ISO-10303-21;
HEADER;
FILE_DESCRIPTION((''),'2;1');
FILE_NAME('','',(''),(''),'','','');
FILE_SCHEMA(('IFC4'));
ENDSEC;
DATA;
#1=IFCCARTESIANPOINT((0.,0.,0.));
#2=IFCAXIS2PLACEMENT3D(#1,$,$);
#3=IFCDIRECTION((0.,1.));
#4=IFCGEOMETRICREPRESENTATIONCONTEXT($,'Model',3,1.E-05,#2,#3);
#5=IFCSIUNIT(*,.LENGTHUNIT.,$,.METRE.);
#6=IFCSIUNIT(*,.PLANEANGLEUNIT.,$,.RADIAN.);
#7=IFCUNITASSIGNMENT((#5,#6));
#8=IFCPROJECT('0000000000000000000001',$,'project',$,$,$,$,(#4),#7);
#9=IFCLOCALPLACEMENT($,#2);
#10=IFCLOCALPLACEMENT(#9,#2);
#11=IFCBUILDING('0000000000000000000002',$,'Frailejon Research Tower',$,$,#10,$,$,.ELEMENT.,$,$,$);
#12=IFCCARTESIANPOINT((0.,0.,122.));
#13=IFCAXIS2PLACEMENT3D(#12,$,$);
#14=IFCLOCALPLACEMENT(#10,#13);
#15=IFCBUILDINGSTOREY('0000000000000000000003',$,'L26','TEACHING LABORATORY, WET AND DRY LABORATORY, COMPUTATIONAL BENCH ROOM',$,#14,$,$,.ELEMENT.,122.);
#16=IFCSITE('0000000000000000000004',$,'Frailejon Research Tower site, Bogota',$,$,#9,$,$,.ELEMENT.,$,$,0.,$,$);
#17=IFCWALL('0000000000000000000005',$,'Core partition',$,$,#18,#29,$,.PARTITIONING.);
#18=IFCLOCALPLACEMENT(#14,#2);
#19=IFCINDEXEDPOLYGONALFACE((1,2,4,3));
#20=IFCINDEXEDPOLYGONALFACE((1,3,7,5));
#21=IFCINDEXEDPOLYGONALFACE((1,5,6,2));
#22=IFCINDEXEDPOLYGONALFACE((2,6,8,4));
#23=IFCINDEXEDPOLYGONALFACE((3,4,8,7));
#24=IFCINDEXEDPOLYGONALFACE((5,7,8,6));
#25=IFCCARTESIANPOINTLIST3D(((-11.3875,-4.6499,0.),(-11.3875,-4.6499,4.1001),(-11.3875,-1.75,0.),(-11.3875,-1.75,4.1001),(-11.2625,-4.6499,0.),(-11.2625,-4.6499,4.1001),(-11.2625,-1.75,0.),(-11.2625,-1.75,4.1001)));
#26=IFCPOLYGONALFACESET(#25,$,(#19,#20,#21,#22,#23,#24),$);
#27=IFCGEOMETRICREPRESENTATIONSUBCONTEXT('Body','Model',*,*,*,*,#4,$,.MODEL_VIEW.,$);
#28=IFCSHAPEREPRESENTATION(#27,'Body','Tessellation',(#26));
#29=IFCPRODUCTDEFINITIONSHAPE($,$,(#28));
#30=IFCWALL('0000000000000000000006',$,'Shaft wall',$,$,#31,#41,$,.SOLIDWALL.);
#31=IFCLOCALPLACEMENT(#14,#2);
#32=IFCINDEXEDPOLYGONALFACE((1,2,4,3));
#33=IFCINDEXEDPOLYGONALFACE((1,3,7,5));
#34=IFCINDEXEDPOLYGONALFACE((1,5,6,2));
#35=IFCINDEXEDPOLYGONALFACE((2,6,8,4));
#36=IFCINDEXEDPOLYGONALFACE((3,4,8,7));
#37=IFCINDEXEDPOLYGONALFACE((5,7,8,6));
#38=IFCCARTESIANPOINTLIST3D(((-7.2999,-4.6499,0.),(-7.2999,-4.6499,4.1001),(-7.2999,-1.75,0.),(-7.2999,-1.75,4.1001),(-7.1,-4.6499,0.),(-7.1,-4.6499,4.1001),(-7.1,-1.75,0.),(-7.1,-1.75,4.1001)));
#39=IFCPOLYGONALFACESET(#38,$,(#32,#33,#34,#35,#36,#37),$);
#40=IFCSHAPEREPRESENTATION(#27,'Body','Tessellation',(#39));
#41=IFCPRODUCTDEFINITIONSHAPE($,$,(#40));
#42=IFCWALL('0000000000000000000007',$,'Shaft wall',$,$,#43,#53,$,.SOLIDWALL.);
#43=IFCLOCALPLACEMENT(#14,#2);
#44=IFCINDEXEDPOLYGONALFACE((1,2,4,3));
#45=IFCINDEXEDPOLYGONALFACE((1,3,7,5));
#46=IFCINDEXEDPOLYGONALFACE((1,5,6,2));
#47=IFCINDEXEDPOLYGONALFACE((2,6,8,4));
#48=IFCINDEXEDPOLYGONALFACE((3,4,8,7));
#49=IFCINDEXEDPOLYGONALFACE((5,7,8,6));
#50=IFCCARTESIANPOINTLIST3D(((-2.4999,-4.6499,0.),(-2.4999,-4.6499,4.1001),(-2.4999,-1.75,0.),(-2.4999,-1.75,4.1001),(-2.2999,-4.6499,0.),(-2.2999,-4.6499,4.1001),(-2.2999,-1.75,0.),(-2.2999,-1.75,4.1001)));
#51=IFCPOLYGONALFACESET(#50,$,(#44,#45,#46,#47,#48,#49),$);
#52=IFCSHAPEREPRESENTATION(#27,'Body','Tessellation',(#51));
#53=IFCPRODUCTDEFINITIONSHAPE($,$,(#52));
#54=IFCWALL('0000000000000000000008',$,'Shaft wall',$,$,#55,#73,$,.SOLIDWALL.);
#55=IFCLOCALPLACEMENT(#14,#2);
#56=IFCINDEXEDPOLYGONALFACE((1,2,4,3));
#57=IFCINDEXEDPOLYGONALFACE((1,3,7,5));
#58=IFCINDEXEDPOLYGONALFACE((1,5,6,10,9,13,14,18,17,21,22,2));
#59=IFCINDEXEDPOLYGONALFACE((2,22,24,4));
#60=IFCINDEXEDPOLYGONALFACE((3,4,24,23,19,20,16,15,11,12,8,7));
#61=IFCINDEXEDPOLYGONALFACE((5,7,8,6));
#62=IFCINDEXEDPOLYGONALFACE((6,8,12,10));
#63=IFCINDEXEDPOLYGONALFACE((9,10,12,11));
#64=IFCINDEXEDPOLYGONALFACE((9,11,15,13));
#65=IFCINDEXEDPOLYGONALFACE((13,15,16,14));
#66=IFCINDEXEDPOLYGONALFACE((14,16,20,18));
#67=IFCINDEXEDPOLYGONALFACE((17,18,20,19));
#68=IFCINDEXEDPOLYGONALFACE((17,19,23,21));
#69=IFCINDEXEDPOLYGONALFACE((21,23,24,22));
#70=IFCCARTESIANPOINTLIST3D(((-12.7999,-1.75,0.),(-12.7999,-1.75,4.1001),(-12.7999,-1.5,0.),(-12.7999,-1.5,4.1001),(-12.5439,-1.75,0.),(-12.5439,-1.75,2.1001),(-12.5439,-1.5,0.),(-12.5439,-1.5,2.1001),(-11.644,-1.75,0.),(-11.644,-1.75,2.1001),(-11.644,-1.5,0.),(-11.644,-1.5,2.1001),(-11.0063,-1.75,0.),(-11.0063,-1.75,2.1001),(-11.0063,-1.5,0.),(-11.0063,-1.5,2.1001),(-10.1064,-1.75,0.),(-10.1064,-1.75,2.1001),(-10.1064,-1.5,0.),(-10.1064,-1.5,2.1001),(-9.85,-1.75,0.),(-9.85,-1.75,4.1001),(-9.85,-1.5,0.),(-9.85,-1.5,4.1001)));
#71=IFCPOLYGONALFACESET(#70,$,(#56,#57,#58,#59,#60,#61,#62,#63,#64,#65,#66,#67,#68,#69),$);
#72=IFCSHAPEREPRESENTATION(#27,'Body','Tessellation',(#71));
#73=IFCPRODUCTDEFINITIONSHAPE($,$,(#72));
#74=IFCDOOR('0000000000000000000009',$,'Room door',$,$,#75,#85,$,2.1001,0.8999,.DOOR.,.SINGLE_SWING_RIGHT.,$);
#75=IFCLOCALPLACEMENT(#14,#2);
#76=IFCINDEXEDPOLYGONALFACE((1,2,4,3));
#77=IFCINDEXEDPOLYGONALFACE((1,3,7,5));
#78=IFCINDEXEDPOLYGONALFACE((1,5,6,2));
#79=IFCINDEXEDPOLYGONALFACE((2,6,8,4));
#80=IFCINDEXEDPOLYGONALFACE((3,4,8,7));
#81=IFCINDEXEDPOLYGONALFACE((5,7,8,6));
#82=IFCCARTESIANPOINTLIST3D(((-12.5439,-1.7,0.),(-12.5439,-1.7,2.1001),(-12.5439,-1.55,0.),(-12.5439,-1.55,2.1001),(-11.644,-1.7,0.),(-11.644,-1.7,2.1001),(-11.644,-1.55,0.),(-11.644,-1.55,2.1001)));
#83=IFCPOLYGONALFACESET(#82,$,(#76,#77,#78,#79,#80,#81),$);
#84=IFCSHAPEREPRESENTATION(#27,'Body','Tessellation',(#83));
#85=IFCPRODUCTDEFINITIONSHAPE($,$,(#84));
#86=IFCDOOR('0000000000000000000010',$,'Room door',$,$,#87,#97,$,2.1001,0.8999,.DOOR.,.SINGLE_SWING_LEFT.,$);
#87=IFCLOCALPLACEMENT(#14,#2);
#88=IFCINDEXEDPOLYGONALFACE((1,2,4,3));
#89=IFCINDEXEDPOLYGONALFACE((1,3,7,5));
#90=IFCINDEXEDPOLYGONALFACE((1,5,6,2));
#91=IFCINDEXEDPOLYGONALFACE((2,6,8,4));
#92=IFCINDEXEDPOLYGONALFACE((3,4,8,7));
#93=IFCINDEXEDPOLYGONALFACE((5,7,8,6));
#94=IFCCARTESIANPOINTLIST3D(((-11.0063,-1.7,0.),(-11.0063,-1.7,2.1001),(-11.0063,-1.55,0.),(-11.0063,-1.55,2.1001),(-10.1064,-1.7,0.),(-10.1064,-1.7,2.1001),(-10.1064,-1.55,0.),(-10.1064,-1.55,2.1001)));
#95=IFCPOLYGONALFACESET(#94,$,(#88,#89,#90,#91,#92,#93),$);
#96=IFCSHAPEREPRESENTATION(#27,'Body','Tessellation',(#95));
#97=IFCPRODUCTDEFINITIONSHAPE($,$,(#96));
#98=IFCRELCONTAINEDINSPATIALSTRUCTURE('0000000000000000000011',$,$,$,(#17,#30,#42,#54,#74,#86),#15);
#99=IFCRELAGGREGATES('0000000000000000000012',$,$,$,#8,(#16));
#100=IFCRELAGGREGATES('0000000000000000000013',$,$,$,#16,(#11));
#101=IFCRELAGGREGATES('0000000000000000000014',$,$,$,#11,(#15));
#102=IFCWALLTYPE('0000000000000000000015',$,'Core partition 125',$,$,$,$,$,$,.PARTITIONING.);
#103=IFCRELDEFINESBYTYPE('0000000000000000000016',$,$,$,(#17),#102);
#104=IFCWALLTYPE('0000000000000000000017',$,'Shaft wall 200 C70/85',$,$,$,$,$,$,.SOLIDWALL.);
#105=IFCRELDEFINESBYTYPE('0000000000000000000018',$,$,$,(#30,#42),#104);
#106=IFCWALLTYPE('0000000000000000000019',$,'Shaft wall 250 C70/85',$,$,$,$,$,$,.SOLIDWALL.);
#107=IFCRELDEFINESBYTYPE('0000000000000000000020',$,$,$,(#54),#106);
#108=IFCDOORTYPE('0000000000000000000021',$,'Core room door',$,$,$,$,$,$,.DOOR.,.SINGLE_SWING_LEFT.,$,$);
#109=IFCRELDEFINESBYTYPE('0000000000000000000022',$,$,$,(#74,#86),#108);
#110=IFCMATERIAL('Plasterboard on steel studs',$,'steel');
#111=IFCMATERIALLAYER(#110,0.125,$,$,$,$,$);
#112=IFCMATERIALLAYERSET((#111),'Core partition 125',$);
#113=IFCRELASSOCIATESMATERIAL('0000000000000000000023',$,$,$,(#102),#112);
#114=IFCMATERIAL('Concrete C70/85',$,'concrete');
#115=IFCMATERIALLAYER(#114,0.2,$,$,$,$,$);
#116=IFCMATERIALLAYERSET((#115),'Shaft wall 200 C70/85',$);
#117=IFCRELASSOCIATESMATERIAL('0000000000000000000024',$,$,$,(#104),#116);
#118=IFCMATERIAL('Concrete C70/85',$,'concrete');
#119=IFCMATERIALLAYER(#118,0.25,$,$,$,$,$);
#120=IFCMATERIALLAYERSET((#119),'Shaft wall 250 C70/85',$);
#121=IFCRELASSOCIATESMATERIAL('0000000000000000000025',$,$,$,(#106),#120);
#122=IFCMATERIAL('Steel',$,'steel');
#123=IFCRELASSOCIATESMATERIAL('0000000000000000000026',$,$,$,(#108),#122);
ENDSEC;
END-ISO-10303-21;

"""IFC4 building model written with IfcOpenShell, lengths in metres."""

from ifc_helpers import new_model, si_unit, direction, frame, frame_2d, origin, place, context, subcontext, project, spatial, rectangle, extrude, material, layer, layer_set, type_object, element, fill, save


model = new_model("IFC4")

# Units and contexts
model_context = context("Model", 3, precision=1e-05, world=origin(), true_north=direction((0.0, 1.0)))
body_context = subcontext(model_context, "Body", "Model", "MODEL_VIEW")
ifc_project = project(units=[si_unit("LENGTHUNIT", "METRE"), si_unit("PLANEANGLEUNIT", "RADIAN")], contexts=[model_context])

# Site, building, storey
site_placement = place(None, origin())
site = spatial("IfcSite", under=ifc_project, at=site_placement, Name="Frailejon Research Tower site, Bogota", CompositionType="ELEMENT", RefElevation=0.0)
building_placement = place(site_placement, origin())
building = spatial("IfcBuilding", under=site, at=building_placement, Name="Frailejon Research Tower", CompositionType="ELEMENT")
storey_placement = place(building_placement, frame((0.0, 0.0, 122.0)))
storey = spatial("IfcBuildingStorey", under=building, at=storey_placement, Name="L26", Description="TEACHING LABORATORY, WET AND DRY LABORATORY, COMPUTATIONAL BENCH ROOM", CompositionType="ELEMENT", Elevation=122.0)

# Walls
ifc_material_1 = material(Name="Plasterboard on steel studs", Category="steel")
ifc_layer_1 = layer(ifc_material_1, 0.125)
ifc_layer_set_1 = layer_set([ifc_layer_1], Name="Core partition 125")
wall_type_1 = type_object("IfcWallType", Name="Core partition 125", PredefinedType="PARTITIONING", material=ifc_layer_set_1)
wall_1_placement = place(storey_placement, frame((-11.325, -4.6499, 0.0), z_axis=(0.0, 0.0, 1.0), x_axis=(0.0, 1.0, 0.0)))
element("IfcWall", 1, at=wall_1_placement, inside=storey, type_object=wall_type_1, Name="Core partition", PredefinedType="PARTITIONING", context=body_context, shape_type="SweptSolid", body=[
    extrude(rectangle(XDim=2.8999, YDim=0.125, at=frame_2d((1.45, 0.0))), origin(), (0.0, 0.0, 1.0), 4.1001),
])
ifc_material_2 = material(Name="Concrete C70/85", Category="concrete")
ifc_layer_2 = layer(ifc_material_2, 0.2)
ifc_layer_set_2 = layer_set([ifc_layer_2], Name="Shaft wall 200 C70/85")
wall_type_2 = type_object("IfcWallType", Name="Shaft wall 200 C70/85", PredefinedType="SOLIDWALL", material=ifc_layer_set_2)
for number, where, z_axis, x_axis, name in (
    (2, (-7.2, -4.6499, 0.0), (0.0, 0.0, 1.0), (0.0, 1.0, 0.0), "Shaft wall"),
    (3, (-2.3999, -4.6499, 0.0), (0.0, 0.0, 1.0), (0.0, 1.0, 0.0), "Shaft wall"),
):
    element("IfcWall", number, at=place(storey_placement, frame(where, z_axis=z_axis, x_axis=x_axis)), inside=storey, type_object=wall_type_2, Name=name, PredefinedType="SOLIDWALL", context=body_context, shape_type="SweptSolid", body=[
        extrude(rectangle(XDim=2.8999, YDim=0.2, at=frame_2d((1.45, 0.0))), origin(), (0.0, 0.0, 1.0), 4.1001),
    ])

# Wall, openings, doors
ifc_material_3 = material(Name="Concrete C70/85", Category="concrete")
ifc_layer_3 = layer(ifc_material_3, 0.25)
ifc_layer_set_3 = layer_set([ifc_layer_3], Name="Shaft wall 250 C70/85")
wall_type_3 = type_object("IfcWallType", Name="Shaft wall 250 C70/85", PredefinedType="SOLIDWALL", material=ifc_layer_set_3)
wall_2_placement = place(storey_placement, frame((-12.8, -1.625, 0.0), z_axis=(0.0, 0.0, 1.0), x_axis=(1.0, 0.0, 0.0)))
wall_2 = element("IfcWall", 4, at=wall_2_placement, inside=storey, type_object=wall_type_3, Name="Shaft wall", PredefinedType="SOLIDWALL", context=body_context, shape_type="SweptSolid", body=[
    extrude(rectangle(XDim=2.95, YDim=0.25, at=frame_2d((1.4751, 0.0))), origin(), (0.0, 0.0, 1.0), 4.1001),
])
opening_1_placement = place(wall_2_placement, frame((0.2561, 0.0, 0.0)))
opening_1 = element("IfcOpeningElement", 5, at=opening_1_placement, cuts=wall_2, PredefinedType="OPENING", context=body_context, shape_type="SweptSolid", body=[
    extrude(rectangle(XDim=0.8999, YDim=2.1001, at=frame_2d((0.45, 1.05))), frame((0.0, 0.135, 0.0), z_axis=(0.0, -1.0, 0.0), x_axis=(1.0, 0.0, 0.0)), (0.0, 0.0, 1.0), 0.27),
])
opening_2_placement = place(wall_2_placement, frame((1.7937, 0.0, 0.0)))
opening_2 = element("IfcOpeningElement", 6, at=opening_2_placement, cuts=wall_2, PredefinedType="OPENING", context=body_context, shape_type="SweptSolid", body=[
    extrude(rectangle(XDim=0.8999, YDim=2.1001, at=frame_2d((0.45, 1.05))), frame((0.0, 0.135, 0.0), z_axis=(0.0, -1.0, 0.0), x_axis=(1.0, 0.0, 0.0)), (0.0, 0.0, 1.0), 0.27),
])
ifc_material_4 = material(Name="Steel", Category="steel")
door_type_1 = type_object("IfcDoorType", Name="Core room door", OperationType="SINGLE_SWING_LEFT", PredefinedType="DOOR", material=ifc_material_4)
door_1_placement = place(opening_1_placement, origin())
door_1 = element("IfcDoor", 7, at=door_1_placement, inside=storey, type_object=door_type_1, Name="Room door", OperationType="SINGLE_SWING_RIGHT", OverallHeight=2.1001, OverallWidth=0.8999, PredefinedType="DOOR", context=body_context, shape_type="SweptSolid", body=[
    extrude(rectangle(XDim=0.8999, YDim=2.1001, at=frame_2d((0.45, 1.05))), frame((0.0, 0.075, 0.0), z_axis=(0.0, -1.0, 0.0), x_axis=(1.0, 0.0, 0.0)), (0.0, 0.0, 1.0), 0.1499),
])
fill(opening_1, door_1)
door_2_placement = place(opening_2_placement, origin())
door_2 = element("IfcDoor", 8, at=door_2_placement, inside=storey, type_object=door_type_1, Name="Room door", OperationType="SINGLE_SWING_LEFT", OverallHeight=2.1001, OverallWidth=0.8999, PredefinedType="DOOR", context=body_context, shape_type="SweptSolid", body=[
    extrude(rectangle(XDim=0.8999, YDim=2.1001, at=frame_2d((0.45, 1.05))), frame((0.0, 0.075, 0.0), z_axis=(0.0, -1.0, 0.0), x_axis=(1.0, 0.0, 0.0)), (0.0, 0.0, 1.0), 0.1499),
])
fill(opening_2, door_2)

save(model, "model.ifc")
